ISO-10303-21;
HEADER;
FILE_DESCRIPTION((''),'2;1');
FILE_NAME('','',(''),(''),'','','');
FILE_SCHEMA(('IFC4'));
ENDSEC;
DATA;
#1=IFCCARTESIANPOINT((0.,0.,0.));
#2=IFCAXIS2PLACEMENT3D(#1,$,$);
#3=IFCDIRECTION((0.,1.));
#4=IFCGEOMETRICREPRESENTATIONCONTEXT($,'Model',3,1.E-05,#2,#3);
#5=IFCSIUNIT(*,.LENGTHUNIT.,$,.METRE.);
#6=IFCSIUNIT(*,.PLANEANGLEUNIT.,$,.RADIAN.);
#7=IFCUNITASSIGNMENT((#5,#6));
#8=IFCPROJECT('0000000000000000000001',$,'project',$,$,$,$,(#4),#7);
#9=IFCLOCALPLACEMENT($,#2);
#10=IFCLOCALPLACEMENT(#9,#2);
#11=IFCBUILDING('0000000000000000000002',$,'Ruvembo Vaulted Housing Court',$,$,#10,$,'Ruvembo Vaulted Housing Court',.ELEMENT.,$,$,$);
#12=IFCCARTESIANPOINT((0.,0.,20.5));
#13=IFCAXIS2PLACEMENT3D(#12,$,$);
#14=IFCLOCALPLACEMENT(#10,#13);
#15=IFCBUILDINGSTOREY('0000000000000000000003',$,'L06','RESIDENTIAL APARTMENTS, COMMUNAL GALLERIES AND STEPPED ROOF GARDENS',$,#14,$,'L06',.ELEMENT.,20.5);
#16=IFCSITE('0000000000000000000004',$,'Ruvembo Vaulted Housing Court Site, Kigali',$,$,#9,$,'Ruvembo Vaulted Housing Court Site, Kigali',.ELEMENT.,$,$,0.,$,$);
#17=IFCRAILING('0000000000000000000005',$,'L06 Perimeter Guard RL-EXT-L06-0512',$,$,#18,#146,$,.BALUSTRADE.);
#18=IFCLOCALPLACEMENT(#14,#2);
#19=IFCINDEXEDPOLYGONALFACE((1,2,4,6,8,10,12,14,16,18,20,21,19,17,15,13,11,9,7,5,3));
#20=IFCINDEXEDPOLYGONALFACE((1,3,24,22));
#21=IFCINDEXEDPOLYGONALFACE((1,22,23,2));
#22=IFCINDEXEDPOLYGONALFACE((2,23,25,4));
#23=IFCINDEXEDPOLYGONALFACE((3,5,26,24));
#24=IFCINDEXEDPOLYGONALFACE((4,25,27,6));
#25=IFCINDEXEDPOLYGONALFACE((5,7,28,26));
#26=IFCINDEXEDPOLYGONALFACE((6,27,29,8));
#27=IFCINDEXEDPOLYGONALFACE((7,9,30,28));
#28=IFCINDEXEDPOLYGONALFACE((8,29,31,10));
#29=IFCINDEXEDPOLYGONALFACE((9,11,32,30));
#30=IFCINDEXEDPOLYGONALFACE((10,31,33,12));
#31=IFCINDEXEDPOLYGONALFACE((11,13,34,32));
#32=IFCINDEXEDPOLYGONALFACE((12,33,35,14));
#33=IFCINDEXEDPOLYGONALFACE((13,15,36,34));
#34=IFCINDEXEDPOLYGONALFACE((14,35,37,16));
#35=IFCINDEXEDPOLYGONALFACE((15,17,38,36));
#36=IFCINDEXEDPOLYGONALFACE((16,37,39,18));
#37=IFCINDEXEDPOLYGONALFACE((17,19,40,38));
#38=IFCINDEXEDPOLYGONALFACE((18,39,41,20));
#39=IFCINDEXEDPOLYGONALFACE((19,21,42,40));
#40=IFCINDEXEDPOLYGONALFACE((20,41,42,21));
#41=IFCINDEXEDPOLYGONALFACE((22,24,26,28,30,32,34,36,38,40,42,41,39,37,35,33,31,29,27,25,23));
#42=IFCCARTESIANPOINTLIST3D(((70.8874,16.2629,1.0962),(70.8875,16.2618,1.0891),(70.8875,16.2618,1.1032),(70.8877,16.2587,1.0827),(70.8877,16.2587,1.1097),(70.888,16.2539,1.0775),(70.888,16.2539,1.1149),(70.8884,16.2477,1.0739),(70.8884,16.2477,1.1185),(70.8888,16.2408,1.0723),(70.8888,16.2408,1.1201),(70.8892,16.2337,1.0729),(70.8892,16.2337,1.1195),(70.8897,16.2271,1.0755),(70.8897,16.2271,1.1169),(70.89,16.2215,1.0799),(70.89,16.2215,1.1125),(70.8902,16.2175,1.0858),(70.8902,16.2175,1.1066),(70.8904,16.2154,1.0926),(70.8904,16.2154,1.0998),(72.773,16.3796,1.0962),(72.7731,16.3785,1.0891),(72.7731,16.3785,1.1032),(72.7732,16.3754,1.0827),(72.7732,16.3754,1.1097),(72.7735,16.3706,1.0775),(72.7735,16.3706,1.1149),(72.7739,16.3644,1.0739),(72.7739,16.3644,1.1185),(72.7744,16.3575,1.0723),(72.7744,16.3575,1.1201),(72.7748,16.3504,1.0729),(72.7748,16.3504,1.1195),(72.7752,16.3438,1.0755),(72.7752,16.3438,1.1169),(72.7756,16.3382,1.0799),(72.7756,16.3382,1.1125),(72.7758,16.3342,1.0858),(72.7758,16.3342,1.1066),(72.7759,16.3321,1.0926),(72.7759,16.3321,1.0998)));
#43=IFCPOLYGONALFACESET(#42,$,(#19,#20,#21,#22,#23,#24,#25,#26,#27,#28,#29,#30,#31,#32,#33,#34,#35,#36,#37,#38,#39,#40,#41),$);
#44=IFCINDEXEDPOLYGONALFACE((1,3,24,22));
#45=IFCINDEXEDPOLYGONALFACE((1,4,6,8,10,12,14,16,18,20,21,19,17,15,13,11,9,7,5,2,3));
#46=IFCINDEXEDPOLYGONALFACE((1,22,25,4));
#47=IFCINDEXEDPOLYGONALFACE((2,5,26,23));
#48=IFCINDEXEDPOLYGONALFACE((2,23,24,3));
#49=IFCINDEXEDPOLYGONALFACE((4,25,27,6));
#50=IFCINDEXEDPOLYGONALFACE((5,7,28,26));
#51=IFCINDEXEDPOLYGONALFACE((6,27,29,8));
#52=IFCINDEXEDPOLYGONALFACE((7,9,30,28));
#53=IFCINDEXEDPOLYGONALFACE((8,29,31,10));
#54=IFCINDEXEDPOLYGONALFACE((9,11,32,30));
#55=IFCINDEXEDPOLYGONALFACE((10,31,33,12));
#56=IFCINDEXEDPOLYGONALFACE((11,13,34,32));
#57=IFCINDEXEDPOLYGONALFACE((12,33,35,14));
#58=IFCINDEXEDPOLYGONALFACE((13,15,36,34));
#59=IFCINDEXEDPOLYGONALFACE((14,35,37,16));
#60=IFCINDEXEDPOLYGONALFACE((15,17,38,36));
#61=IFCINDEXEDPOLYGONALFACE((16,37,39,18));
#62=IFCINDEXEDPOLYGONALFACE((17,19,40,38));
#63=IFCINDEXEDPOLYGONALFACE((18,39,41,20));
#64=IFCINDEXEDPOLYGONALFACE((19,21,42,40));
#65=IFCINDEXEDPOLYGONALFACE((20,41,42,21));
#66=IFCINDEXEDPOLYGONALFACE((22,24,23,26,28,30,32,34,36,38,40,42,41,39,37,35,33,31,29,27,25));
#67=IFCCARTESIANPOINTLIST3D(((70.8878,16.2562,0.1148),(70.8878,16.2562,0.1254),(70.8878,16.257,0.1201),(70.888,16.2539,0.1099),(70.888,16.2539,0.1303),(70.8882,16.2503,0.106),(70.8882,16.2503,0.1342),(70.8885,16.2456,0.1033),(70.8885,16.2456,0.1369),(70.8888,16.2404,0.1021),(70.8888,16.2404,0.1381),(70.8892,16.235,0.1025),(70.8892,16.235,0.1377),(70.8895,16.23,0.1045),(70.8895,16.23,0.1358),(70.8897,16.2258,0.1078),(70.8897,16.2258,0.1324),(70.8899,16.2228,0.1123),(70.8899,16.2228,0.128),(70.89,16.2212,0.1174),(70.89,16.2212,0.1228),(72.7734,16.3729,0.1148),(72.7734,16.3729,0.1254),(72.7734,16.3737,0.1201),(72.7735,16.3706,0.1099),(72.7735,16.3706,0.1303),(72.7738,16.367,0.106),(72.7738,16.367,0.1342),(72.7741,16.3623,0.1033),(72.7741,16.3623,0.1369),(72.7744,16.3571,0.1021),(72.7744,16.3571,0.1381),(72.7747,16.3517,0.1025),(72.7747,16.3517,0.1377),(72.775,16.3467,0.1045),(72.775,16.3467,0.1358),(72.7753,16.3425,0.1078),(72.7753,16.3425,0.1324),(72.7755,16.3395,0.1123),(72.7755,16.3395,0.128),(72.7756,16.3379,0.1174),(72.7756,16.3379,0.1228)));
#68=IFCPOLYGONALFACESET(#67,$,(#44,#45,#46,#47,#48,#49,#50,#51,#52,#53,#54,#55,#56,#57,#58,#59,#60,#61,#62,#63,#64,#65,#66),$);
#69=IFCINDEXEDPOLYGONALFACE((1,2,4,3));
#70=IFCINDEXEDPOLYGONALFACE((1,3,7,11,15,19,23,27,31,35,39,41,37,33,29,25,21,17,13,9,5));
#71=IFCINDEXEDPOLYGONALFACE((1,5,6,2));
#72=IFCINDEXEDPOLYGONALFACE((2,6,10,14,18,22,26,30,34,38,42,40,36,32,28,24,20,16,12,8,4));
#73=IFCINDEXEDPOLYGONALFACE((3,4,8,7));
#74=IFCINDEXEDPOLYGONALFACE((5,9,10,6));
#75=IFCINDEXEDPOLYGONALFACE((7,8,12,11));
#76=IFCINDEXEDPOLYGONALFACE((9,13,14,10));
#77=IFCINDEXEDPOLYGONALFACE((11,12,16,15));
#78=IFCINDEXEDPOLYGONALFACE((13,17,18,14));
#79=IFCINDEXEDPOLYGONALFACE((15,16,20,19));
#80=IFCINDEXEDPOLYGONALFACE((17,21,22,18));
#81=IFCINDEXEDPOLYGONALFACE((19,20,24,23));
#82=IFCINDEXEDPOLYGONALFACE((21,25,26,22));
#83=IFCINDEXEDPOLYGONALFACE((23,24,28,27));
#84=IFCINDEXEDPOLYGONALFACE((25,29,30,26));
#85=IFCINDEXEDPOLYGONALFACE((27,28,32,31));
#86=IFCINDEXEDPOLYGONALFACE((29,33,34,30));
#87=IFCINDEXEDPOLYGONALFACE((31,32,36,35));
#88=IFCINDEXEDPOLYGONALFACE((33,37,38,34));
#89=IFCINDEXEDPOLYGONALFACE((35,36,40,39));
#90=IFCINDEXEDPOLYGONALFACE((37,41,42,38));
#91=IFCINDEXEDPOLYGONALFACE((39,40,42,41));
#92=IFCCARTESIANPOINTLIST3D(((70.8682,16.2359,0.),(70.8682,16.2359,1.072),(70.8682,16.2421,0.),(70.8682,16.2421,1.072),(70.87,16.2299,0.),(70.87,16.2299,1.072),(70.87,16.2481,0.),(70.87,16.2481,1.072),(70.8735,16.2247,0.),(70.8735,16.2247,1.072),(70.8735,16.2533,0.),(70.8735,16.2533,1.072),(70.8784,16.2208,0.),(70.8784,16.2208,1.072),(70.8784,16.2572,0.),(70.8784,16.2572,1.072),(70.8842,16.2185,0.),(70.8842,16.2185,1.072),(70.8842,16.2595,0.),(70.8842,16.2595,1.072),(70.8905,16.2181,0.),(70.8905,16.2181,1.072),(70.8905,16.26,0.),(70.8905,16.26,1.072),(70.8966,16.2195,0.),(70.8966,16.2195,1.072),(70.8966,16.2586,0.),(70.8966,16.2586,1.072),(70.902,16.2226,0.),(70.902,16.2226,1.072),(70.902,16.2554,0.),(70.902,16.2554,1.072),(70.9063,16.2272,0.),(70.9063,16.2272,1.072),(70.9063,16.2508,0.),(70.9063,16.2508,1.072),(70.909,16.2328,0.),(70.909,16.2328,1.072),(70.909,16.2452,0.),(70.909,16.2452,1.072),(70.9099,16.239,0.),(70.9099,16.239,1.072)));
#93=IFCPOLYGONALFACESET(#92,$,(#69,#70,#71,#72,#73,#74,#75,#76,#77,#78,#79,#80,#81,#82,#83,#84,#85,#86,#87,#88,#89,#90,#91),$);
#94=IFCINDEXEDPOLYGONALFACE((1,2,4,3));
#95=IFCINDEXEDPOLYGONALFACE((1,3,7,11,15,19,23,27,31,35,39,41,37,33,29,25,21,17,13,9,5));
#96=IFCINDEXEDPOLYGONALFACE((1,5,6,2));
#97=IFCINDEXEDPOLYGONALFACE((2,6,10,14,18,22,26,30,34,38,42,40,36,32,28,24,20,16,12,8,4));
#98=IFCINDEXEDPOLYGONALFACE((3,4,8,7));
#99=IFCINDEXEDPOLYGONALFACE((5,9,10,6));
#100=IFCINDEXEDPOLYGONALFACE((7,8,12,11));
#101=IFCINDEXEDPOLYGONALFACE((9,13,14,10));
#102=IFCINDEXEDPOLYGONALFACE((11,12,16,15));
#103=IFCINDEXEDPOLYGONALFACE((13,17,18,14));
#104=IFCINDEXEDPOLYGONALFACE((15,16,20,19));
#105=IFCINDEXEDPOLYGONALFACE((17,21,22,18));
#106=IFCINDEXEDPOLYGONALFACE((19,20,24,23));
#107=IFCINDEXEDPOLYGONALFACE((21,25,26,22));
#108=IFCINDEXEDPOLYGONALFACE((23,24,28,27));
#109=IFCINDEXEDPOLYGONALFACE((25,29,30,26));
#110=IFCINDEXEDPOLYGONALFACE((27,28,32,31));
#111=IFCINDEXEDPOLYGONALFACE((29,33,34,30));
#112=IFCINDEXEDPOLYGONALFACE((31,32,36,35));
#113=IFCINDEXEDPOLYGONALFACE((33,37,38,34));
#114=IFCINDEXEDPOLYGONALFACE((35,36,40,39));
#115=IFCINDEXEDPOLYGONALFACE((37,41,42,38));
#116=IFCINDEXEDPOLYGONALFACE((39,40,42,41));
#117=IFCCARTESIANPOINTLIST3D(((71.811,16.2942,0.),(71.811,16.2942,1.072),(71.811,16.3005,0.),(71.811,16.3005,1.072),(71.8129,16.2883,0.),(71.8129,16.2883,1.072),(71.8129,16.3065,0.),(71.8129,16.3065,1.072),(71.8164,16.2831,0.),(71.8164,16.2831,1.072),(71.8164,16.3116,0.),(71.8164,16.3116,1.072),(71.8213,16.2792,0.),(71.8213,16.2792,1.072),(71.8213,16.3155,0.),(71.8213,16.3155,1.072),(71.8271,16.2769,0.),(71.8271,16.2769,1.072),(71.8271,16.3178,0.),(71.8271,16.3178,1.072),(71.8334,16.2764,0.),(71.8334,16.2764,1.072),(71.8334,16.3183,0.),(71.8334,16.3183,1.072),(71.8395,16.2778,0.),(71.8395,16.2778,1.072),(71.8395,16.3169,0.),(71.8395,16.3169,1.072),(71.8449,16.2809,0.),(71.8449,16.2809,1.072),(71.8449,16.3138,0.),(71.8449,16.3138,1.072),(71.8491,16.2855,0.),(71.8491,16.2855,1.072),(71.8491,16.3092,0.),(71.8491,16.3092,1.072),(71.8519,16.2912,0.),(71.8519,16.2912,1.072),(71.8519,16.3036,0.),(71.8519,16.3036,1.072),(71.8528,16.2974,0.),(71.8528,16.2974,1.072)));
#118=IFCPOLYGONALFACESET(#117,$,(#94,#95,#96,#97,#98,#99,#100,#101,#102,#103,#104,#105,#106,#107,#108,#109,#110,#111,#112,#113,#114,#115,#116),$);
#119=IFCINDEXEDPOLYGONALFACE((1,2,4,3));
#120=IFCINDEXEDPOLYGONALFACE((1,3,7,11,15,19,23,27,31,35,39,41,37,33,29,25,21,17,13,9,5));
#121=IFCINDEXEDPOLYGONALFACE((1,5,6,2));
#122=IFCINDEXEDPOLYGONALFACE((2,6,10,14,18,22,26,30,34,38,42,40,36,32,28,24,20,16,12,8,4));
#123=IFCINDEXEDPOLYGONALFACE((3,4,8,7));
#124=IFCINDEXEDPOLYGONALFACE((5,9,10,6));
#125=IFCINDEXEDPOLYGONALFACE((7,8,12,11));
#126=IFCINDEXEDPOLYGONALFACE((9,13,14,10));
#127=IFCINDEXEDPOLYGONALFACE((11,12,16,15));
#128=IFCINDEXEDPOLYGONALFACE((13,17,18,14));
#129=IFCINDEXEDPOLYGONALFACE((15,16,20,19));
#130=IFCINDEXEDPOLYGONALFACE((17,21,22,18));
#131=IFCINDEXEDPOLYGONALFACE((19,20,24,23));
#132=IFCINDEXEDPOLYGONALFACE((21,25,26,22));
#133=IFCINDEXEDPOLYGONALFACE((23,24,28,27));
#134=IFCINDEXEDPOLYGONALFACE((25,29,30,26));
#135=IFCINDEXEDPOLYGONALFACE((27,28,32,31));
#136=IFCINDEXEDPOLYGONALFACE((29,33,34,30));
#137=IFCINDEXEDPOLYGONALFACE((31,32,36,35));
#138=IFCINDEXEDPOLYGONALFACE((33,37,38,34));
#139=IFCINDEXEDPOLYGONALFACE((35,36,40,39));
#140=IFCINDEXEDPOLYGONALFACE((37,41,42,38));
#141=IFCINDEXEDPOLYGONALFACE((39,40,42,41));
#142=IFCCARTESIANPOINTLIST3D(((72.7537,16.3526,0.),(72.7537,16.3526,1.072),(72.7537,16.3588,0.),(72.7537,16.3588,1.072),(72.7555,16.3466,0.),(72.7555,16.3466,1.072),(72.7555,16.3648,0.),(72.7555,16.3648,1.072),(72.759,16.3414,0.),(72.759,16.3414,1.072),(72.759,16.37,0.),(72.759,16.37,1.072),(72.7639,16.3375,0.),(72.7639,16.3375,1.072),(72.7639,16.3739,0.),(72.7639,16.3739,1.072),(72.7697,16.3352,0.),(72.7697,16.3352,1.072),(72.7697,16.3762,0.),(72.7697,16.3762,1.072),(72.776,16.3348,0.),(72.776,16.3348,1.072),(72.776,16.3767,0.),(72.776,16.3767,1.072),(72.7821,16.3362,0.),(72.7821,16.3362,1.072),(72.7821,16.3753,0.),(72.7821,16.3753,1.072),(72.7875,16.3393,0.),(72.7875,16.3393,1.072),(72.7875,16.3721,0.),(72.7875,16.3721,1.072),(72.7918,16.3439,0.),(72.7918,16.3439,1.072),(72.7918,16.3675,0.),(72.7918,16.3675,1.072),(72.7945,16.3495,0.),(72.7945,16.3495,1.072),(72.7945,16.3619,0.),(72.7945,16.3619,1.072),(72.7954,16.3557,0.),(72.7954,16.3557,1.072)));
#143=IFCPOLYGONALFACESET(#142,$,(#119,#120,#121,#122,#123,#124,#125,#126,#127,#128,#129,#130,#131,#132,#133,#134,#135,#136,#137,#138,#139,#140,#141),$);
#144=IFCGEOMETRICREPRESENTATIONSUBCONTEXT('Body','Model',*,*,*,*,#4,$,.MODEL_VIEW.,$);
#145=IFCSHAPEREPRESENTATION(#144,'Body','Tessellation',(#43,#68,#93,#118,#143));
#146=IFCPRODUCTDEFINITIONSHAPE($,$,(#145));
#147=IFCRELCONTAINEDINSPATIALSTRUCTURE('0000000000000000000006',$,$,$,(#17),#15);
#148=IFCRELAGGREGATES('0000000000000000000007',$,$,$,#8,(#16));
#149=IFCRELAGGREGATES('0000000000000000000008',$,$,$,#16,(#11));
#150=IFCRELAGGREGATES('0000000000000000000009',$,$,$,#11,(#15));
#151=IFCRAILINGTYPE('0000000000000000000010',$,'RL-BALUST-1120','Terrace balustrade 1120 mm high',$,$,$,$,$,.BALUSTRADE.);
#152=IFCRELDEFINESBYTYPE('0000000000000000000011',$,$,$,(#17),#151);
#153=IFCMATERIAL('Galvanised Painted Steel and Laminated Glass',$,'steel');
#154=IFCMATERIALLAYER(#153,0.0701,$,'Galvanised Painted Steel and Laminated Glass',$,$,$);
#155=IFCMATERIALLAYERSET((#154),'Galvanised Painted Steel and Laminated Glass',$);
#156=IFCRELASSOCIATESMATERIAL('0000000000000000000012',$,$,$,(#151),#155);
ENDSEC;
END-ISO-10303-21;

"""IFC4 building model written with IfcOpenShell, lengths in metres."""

from ifc_helpers import new_model, si_unit, direction, frame, origin, origin_2d, place, context, subcontext, project, spatial, circle, extrude, material, layer, layer_set, type_object, element, save


model = new_model("IFC4")

# Units and contexts
model_context = context("Model", 3, precision=1e-05, world=origin(), true_north=direction((0.0, 1.0)))
body_context = subcontext(model_context, "Body", "Model", "MODEL_VIEW")
ifc_project = project(units=[si_unit("LENGTHUNIT", "METRE"), si_unit("PLANEANGLEUNIT", "RADIAN")], contexts=[model_context])

# Site, building, storey
site_placement = place(None, origin())
site = spatial("IfcSite", under=ifc_project, at=site_placement, Name="Ruvembo Vaulted Housing Court Site, Kigali", LongName="Ruvembo Vaulted Housing Court Site, Kigali", CompositionType="ELEMENT", RefElevation=0.0)
building_placement = place(site_placement, origin())
building = spatial("IfcBuilding", under=site, at=building_placement, Name="Ruvembo Vaulted Housing Court", LongName="Ruvembo Vaulted Housing Court", CompositionType="ELEMENT")
storey_placement = place(building_placement, frame((0.0, 0.0, 20.5)))
storey = spatial("IfcBuildingStorey", under=building, at=storey_placement, Name="L06", Description="RESIDENTIAL APARTMENTS, COMMUNAL GALLERIES AND STEPPED ROOF GARDENS", LongName="L06", CompositionType="ELEMENT", Elevation=20.5)

# Railing
ifc_material_1 = material(Name="Galvanised Painted Steel and Laminated Glass", Category="steel")
ifc_layer = layer(ifc_material_1, 0.0701, Name="Galvanised Painted Steel and Laminated Glass")
ifc_layer_set = layer_set([ifc_layer], Name="Galvanised Painted Steel and Laminated Glass")
railing_type = type_object("IfcRailingType", Name="RL-BALUST-1120", Description="Terrace balustrade 1120 mm high", PredefinedType="BALUSTRADE", material=ifc_layer_set)
railing_1_placement = place(storey_placement, frame((70.8889, 16.239, 0.0)))
element("IfcRailing", 1, at=railing_1_placement, inside=storey, type_object=railing_type, Name="L06 Perimeter Guard RL-EXT-L06-0512", PredefinedType="BALUSTRADE", context=body_context, shape_type="SweptSolid", body=[
    extrude(circle(Radius=0.0239, at=origin_2d()), frame((0.0, 0.0, 1.0962), z_axis=(0.99809, 0.061775, 0.0), x_axis=(-0.061775, 0.99809, 0.0)), (0.0, 0.0, 1.0), 1.8892),
    extrude(circle(Radius=0.0181, at=origin_2d()), frame((0.0, 0.0, 0.1201), z_axis=(0.99809, 0.061775, 0.0), x_axis=(-0.061775, 0.99809, 0.0)), (0.0, 0.0, 1.0), 1.8892),
    extrude(circle(Radius=0.021, at=origin_2d()), origin(), (0.0, 0.0, 1.0), 1.072),
    extrude(circle(Radius=0.021, at=origin_2d()), frame((0.9429, 0.0583, 0.0)), (0.0, 0.0, 1.0), 1.072),
    extrude(circle(Radius=0.021, at=origin_2d()), frame((1.8855, 0.1167, 0.0)), (0.0, 0.0, 1.0), 1.072),
])

save(model, "model.ifc")
